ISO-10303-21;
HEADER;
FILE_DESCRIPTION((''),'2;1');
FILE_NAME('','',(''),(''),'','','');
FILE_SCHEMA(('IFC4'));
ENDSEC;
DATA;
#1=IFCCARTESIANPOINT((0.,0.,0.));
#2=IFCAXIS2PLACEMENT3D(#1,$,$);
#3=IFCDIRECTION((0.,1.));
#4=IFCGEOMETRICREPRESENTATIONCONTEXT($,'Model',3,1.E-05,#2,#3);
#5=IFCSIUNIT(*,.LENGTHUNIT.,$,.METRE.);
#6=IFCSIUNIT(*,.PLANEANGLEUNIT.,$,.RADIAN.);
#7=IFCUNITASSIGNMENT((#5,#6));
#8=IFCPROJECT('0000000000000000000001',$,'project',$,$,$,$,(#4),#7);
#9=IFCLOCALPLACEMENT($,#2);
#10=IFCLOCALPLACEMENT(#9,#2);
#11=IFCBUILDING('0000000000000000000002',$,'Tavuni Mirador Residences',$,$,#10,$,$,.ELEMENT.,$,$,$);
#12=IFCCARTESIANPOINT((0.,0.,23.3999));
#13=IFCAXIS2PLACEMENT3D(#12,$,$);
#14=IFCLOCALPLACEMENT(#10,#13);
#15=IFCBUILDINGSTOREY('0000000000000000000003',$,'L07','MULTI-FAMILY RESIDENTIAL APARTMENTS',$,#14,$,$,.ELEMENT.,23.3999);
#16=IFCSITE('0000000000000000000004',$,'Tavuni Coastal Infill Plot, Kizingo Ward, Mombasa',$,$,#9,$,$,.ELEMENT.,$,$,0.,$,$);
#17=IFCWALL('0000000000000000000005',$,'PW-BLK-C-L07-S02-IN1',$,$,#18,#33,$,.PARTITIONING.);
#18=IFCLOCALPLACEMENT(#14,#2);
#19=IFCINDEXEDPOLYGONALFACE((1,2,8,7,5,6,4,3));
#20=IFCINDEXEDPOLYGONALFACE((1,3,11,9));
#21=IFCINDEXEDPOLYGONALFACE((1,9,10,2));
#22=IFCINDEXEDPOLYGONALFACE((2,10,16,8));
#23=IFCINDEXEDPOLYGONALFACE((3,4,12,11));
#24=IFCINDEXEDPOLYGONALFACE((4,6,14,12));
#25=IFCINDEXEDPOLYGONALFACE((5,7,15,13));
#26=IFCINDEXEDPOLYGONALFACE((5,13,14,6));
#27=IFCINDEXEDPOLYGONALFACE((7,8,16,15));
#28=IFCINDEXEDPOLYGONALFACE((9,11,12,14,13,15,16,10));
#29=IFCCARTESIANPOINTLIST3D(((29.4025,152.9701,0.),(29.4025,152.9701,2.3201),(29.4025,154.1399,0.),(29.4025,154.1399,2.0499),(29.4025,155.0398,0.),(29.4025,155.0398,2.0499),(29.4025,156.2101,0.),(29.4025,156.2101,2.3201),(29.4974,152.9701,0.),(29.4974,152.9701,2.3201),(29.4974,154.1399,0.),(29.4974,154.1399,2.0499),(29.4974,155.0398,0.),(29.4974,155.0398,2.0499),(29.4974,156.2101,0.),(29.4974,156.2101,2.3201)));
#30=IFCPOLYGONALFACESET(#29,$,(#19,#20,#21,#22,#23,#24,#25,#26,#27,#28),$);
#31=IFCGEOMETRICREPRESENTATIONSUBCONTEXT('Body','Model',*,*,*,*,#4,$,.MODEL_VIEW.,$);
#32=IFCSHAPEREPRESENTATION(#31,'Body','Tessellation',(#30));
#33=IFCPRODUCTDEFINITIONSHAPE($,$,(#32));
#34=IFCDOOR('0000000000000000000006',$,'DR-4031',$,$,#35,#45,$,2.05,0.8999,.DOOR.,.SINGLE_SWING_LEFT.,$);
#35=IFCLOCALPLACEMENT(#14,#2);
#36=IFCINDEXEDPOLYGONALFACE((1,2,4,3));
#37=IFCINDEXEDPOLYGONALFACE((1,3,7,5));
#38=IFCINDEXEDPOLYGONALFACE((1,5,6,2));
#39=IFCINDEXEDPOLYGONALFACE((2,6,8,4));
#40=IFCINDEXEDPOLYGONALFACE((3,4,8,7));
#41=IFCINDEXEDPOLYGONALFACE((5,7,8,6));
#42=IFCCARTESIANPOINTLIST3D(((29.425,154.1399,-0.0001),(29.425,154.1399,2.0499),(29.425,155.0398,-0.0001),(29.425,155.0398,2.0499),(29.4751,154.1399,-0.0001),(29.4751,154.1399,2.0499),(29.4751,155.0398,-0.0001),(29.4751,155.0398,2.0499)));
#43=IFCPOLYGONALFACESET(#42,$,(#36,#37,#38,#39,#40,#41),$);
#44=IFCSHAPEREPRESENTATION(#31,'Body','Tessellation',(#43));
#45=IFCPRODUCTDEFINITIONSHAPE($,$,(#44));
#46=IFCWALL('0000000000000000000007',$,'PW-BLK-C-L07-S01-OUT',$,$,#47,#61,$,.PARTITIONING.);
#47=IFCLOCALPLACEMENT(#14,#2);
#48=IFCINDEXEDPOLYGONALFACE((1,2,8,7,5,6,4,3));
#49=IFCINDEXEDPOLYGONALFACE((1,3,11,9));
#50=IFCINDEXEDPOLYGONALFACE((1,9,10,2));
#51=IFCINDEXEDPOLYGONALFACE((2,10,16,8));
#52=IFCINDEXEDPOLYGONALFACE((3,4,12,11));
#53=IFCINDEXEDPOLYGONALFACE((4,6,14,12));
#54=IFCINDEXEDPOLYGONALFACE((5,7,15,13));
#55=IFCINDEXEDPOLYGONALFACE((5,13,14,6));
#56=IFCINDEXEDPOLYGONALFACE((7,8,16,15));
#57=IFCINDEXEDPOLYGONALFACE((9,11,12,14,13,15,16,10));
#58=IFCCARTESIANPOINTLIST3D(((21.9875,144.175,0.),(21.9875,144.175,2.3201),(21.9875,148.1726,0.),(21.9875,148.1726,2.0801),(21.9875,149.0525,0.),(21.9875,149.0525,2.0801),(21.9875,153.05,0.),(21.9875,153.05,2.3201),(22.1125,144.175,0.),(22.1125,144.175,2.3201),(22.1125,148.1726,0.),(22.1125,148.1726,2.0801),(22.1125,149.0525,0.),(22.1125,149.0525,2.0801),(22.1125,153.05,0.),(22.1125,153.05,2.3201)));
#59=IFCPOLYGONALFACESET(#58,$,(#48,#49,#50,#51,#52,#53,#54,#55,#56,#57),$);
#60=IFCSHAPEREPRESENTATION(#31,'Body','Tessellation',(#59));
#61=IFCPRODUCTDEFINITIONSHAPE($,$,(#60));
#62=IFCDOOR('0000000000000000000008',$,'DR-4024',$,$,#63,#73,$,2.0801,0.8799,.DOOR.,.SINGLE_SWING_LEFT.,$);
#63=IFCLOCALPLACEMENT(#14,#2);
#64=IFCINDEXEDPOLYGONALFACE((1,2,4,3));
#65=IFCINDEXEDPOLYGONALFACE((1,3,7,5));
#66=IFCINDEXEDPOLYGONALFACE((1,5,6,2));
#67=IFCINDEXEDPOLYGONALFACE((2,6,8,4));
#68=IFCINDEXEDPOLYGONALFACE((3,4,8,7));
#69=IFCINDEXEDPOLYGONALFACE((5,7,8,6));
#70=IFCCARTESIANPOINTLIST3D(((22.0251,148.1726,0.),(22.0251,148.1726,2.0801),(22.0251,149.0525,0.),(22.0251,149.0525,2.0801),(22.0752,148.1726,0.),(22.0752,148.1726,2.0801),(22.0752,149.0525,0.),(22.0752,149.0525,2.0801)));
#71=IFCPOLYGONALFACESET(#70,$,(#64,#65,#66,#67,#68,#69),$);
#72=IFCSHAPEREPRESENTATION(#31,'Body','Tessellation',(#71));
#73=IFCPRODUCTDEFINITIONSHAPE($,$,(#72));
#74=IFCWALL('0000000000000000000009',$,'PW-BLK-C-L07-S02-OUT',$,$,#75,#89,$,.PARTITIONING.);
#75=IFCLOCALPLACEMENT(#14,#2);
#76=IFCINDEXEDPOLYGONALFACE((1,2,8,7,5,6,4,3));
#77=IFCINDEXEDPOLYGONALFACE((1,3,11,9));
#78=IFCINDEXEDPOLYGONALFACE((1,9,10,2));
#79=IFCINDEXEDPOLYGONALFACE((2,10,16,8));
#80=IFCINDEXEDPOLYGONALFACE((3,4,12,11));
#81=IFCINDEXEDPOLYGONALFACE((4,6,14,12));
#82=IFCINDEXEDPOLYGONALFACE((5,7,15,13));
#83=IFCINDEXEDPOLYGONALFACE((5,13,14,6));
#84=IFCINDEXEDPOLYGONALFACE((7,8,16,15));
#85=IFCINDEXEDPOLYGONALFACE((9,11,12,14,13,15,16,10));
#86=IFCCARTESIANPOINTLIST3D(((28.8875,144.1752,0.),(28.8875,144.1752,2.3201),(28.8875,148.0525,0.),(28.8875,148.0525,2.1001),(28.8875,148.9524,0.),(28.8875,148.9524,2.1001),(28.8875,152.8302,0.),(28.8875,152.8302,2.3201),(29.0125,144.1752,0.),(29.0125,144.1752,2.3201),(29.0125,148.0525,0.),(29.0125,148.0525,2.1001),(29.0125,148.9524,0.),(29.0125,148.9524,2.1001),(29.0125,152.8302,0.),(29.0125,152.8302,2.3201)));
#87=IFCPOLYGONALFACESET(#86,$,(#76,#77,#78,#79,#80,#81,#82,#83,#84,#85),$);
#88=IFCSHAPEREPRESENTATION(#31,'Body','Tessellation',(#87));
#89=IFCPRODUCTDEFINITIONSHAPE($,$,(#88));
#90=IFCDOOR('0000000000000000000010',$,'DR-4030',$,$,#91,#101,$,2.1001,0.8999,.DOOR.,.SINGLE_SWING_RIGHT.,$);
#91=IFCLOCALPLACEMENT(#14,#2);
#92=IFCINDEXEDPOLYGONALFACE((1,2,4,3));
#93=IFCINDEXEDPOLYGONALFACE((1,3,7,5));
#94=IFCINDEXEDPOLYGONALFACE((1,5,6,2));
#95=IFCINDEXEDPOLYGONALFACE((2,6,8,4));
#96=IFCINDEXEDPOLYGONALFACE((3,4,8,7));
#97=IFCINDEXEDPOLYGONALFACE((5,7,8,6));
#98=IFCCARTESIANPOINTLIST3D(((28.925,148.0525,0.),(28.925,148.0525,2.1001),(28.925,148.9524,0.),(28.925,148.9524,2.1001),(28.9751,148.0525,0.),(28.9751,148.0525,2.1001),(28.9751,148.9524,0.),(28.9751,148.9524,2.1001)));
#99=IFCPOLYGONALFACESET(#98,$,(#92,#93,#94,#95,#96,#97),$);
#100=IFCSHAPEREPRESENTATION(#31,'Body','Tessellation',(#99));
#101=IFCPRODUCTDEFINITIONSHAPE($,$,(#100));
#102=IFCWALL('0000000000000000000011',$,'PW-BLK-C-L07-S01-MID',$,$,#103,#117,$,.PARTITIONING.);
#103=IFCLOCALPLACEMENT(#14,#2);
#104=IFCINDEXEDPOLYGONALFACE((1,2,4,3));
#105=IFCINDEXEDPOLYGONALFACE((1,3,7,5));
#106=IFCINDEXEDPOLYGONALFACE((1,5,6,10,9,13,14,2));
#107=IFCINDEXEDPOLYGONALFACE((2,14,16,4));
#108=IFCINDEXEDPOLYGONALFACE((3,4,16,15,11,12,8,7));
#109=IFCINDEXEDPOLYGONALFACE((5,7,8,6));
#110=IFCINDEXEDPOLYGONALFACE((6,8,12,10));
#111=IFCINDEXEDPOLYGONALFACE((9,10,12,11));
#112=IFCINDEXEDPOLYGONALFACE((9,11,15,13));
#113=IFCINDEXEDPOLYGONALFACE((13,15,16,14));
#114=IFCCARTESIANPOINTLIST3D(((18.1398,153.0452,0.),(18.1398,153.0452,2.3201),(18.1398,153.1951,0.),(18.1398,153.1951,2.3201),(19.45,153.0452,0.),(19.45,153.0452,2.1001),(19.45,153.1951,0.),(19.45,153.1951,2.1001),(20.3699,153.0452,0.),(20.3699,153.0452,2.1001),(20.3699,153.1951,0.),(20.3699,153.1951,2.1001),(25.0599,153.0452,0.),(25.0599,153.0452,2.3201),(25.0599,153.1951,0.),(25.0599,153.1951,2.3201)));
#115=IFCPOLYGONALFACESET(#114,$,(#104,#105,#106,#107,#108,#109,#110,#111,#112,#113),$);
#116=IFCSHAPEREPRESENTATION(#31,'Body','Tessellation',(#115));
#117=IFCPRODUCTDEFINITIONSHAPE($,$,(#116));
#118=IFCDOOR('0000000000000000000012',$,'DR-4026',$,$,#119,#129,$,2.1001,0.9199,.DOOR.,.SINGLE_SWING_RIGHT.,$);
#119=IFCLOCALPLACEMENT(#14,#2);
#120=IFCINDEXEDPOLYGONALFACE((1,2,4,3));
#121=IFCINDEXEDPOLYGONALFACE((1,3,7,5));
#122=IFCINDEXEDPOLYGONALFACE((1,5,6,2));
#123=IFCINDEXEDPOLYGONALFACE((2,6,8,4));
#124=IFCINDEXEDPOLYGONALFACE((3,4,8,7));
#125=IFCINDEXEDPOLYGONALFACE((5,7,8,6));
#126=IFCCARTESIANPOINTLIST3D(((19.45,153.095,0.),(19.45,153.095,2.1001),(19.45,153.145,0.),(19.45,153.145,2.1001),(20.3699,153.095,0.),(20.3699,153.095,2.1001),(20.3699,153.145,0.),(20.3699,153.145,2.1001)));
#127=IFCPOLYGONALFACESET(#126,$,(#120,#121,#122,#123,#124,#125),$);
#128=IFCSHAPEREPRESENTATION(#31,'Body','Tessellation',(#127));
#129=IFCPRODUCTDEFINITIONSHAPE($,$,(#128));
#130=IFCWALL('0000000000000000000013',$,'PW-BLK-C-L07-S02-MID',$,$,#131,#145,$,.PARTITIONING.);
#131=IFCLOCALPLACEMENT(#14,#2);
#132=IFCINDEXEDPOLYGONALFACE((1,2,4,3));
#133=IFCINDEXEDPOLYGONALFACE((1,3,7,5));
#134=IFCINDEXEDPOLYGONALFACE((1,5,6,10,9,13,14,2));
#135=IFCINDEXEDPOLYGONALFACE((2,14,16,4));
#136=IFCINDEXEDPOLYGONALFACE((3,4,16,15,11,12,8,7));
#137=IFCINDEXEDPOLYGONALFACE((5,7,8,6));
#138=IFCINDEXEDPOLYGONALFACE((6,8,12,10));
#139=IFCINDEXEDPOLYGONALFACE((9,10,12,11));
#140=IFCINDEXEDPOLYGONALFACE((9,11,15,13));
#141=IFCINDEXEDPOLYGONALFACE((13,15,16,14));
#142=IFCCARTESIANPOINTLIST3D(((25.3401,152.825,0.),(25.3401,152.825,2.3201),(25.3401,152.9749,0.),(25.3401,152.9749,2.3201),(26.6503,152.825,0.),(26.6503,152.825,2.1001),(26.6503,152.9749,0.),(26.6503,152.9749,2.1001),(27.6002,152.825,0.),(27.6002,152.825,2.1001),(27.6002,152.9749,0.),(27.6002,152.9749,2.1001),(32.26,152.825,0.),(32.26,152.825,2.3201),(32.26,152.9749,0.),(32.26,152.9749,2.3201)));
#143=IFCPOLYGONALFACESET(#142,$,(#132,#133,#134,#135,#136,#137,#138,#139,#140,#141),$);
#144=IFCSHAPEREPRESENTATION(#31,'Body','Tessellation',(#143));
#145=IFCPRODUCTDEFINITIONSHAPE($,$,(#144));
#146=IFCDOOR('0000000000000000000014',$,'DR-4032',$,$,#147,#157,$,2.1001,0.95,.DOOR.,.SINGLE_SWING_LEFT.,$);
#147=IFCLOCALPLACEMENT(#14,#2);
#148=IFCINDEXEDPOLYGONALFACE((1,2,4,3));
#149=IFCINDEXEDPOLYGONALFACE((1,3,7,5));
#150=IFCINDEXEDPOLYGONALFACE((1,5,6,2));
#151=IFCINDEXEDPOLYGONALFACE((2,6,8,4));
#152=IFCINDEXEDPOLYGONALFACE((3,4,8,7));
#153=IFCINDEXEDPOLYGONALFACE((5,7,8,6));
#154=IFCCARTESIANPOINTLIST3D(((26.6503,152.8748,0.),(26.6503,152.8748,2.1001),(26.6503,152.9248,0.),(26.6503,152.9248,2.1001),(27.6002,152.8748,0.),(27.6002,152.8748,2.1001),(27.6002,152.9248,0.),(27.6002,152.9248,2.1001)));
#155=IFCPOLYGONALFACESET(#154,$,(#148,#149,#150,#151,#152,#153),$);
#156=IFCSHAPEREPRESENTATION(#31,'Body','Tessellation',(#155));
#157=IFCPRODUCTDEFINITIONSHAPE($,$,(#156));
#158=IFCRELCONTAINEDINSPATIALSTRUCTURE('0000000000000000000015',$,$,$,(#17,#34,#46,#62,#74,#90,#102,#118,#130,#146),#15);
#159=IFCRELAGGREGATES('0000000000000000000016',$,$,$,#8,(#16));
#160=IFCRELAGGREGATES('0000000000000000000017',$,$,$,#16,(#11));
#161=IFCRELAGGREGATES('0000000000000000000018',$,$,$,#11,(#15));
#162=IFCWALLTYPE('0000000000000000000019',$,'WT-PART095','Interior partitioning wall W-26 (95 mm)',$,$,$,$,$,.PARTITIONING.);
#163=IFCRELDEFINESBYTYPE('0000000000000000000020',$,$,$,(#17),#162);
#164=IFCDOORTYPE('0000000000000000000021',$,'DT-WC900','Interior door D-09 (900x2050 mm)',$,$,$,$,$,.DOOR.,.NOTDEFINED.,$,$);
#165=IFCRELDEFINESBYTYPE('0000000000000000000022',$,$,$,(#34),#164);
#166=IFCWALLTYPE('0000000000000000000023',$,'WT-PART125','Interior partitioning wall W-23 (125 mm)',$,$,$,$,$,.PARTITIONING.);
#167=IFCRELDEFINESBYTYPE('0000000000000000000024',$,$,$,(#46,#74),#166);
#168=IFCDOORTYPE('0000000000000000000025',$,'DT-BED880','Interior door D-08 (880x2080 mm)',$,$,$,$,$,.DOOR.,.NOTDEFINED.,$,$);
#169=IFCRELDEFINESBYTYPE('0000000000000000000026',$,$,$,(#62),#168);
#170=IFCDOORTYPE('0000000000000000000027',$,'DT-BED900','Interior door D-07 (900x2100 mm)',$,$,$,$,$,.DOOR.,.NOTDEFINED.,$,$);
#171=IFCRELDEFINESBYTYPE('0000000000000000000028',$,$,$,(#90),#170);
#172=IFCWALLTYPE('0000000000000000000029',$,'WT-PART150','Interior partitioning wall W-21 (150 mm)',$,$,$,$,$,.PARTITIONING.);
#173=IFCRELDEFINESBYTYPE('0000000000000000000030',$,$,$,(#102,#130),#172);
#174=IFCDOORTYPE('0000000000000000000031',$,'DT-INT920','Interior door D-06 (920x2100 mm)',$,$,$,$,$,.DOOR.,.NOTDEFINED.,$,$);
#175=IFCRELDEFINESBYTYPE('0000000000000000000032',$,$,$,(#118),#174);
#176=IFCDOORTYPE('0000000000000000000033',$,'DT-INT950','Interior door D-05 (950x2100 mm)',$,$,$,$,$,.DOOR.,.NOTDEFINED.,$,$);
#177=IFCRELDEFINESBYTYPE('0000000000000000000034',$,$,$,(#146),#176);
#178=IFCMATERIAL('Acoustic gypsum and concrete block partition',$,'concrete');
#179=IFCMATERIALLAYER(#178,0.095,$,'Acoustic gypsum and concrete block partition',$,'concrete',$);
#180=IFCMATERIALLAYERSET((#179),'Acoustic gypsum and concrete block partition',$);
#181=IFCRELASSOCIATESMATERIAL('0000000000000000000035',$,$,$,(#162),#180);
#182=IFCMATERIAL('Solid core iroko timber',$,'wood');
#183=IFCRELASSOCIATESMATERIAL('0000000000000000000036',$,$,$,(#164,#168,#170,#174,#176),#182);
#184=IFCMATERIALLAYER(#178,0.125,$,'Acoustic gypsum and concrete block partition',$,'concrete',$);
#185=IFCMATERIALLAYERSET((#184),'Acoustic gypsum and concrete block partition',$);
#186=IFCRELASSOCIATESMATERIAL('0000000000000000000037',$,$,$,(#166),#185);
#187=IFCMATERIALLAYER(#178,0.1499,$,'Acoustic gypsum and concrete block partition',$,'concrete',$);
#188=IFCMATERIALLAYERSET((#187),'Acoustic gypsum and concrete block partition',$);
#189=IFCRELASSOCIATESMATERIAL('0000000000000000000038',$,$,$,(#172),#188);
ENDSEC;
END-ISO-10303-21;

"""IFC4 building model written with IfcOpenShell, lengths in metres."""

from ifc_helpers import new_model, si_unit, direction, frame, frame_2d, origin, place, context, subcontext, project, spatial, rectangle, extrude, material, layer, layer_set, type_object, element, fill, save


model = new_model("IFC4")

# Units and contexts
model_context = context("Model", 3, precision=1e-05, world=origin(), true_north=direction((0.0, 1.0)))
body_context = subcontext(model_context, "Body", "Model", "MODEL_VIEW")
ifc_project = project(units=[si_unit("LENGTHUNIT", "METRE"), si_unit("PLANEANGLEUNIT", "RADIAN")], contexts=[model_context])

# Site, building, storey
site_placement = place(None, origin())
site = spatial("IfcSite", under=ifc_project, at=site_placement, Name="Tavuni Coastal Infill Plot, Kizingo Ward, Mombasa", CompositionType="ELEMENT", RefElevation=0.0)
building_placement = place(site_placement, origin())
building = spatial("IfcBuilding", under=site, at=building_placement, Name="Tavuni Mirador Residences", CompositionType="ELEMENT")
storey_placement = place(building_placement, frame((0.0, 0.0, 23.3999)))
storey = spatial("IfcBuildingStorey", under=building, at=storey_placement, Name="L07", Description="MULTI-FAMILY RESIDENTIAL APARTMENTS", CompositionType="ELEMENT", Elevation=23.3999)

# Walls, openings, doors
ifc_material_1 = material(Name="Solid core iroko timber", Category="wood")
ifc_material_2 = material(Name="Acoustic gypsum and concrete block partition", Category="concrete")
ifc_layer_1 = layer(ifc_material_2, 0.095, Name="Acoustic gypsum and concrete block partition", Category="concrete")
ifc_layer_set_1 = layer_set([ifc_layer_1], Name="Acoustic gypsum and concrete block partition")
wall_type_1 = type_object("IfcWallType", Name="WT-PART095", Description="Interior partitioning wall W-26 (95 mm)", PredefinedType="PARTITIONING", material=ifc_layer_set_1)
wall_1_placement = place(storey_placement, frame((29.45, 152.97, 0.0), z_axis=(0.0, 0.0, 1.0), x_axis=(0.0, 1.0, 0.0)))
wall_1 = element("IfcWall", 1, at=wall_1_placement, inside=storey, type_object=wall_type_1, Name="PW-BLK-C-L07-S02-IN1", PredefinedType="PARTITIONING", context=body_context, shape_type="SweptSolid", body=[
    extrude(rectangle(XDim=3.24, YDim=0.095, at=frame_2d((1.6201, 0.0))), origin(), (0.0, 0.0, 1.0), 2.3201),
])
opening_1_placement = place(wall_1_placement, frame((1.1699, 0.0, 0.0)))
opening_1 = element("IfcOpeningElement", 2, at=opening_1_placement, cuts=wall_1, PredefinedType="OPENING", context=body_context, shape_type="SweptSolid", body=[
    extrude(rectangle(XDim=0.8999, YDim=2.05, at=frame_2d((0.45, 1.0249))), frame((0.0, 0.0576, 0.0), z_axis=(0.0, -1.0, 0.0), x_axis=(1.0, 0.0, 0.0)), (0.0, 0.0, 1.0), 0.115),
])
door_type_1 = type_object("IfcDoorType", Name="DT-WC900", Description="Interior door D-09 (900x2050 mm)", OperationType="NOTDEFINED", PredefinedType="DOOR", material=ifc_material_1)
door_1_placement = place(opening_1_placement, origin())
door_1 = element("IfcDoor", 3, at=door_1_placement, inside=storey, type_object=door_type_1, Name="DR-4031", OperationType="SINGLE_SWING_LEFT", OverallHeight=2.05, OverallWidth=0.8999, PredefinedType="DOOR", context=body_context, shape_type="SweptSolid", body=[
    extrude(rectangle(XDim=0.8999, YDim=2.05, at=frame_2d((0.45, 1.0249))), frame((0.0, 0.0249, 0.0), z_axis=(0.0, -1.0, 0.0), x_axis=(1.0, 0.0, 0.0)), (0.0, 0.0, 1.0), 0.05),
])
fill(opening_1, door_1)
ifc_layer_2 = layer(ifc_material_2, 0.125, Name="Acoustic gypsum and concrete block partition", Category="concrete")
ifc_layer_set_2 = layer_set([ifc_layer_2], Name="Acoustic gypsum and concrete block partition")
wall_type_2 = type_object("IfcWallType", Name="WT-PART125", Description="Interior partitioning wall W-23 (125 mm)", PredefinedType="PARTITIONING", material=ifc_layer_set_2)
wall_2_placement = place(storey_placement, frame((22.05, 144.175, 0.0), z_axis=(0.0, 0.0, 1.0), x_axis=(0.0, 1.0, 0.0)))
wall_2 = element("IfcWall", 4, at=wall_2_placement, inside=storey, type_object=wall_type_2, Name="PW-BLK-C-L07-S01-OUT", PredefinedType="PARTITIONING", context=body_context, shape_type="SweptSolid", body=[
    extrude(rectangle(XDim=8.875, YDim=0.125, at=frame_2d((4.4375, 0.0))), origin(), (0.0, 0.0, 1.0), 2.3201),
])
opening_2_placement = place(wall_2_placement, frame((3.9976, 0.0, 0.0)))
opening_2 = element("IfcOpeningElement", 5, at=opening_2_placement, cuts=wall_2, PredefinedType="OPENING", context=body_context, shape_type="SweptSolid", body=[
    extrude(rectangle(XDim=0.8799, YDim=2.0801, at=frame_2d((0.4399, 1.04))), frame((0.0, 0.0725, 0.0), z_axis=(0.0, -1.0, 0.0), x_axis=(1.0, 0.0, 0.0)), (0.0, 0.0, 1.0), 0.145),
])
door_type_2 = type_object("IfcDoorType", Name="DT-BED880", Description="Interior door D-08 (880x2080 mm)", OperationType="NOTDEFINED", PredefinedType="DOOR", material=ifc_material_1)
door_2_placement = place(opening_2_placement, origin())
door_2 = element("IfcDoor", 6, at=door_2_placement, inside=storey, type_object=door_type_2, Name="DR-4024", OperationType="SINGLE_SWING_LEFT", OverallHeight=2.0801, OverallWidth=0.8799, PredefinedType="DOOR", context=body_context, shape_type="SweptSolid", body=[
    extrude(rectangle(XDim=0.8799, YDim=2.0801, at=frame_2d((0.4399, 1.04))), frame((0.0, 0.0249, 0.0), z_axis=(0.0, -1.0, 0.0), x_axis=(1.0, 0.0, 0.0)), (0.0, 0.0, 1.0), 0.05),
])
fill(opening_2, door_2)
wall_3_placement = place(storey_placement, frame((28.95, 144.175, 0.0), z_axis=(0.0, 0.0, 1.0), x_axis=(0.0, 1.0, 0.0)))
wall_3 = element("IfcWall", 7, at=wall_3_placement, inside=storey, type_object=wall_type_2, Name="PW-BLK-C-L07-S02-OUT", PredefinedType="PARTITIONING", context=body_context, shape_type="SweptSolid", body=[
    extrude(rectangle(XDim=8.655, YDim=0.125, at=frame_2d((4.3276, 0.0))), origin(), (0.0, 0.0, 1.0), 2.3201),
])
opening_3_placement = place(wall_3_placement, frame((3.8774, 0.0, 0.0)))
opening_3 = element("IfcOpeningElement", 8, at=opening_3_placement, cuts=wall_3, PredefinedType="OPENING", context=body_context, shape_type="SweptSolid", body=[
    extrude(rectangle(XDim=0.8999, YDim=2.1001, at=frame_2d((0.45, 1.05))), frame((0.0, 0.0725, 0.0), z_axis=(0.0, -1.0, 0.0), x_axis=(1.0, 0.0, 0.0)), (0.0, 0.0, 1.0), 0.145),
])
door_type_3 = type_object("IfcDoorType", Name="DT-BED900", Description="Interior door D-07 (900x2100 mm)", OperationType="NOTDEFINED", PredefinedType="DOOR", material=ifc_material_1)
door_3_placement = place(opening_3_placement, origin())
door_3 = element("IfcDoor", 9, at=door_3_placement, inside=storey, type_object=door_type_3, Name="DR-4030", OperationType="SINGLE_SWING_RIGHT", OverallHeight=2.1001, OverallWidth=0.8999, PredefinedType="DOOR", context=body_context, shape_type="SweptSolid", body=[
    extrude(rectangle(XDim=0.8999, YDim=2.1001, at=frame_2d((0.45, 1.05))), frame((0.0, 0.0249, 0.0), z_axis=(0.0, -1.0, 0.0), x_axis=(1.0, 0.0, 0.0)), (0.0, 0.0, 1.0), 0.05),
])
fill(opening_3, door_3)
ifc_layer_3 = layer(ifc_material_2, 0.1499, Name="Acoustic gypsum and concrete block partition", Category="concrete")
ifc_layer_set_3 = layer_set([ifc_layer_3], Name="Acoustic gypsum and concrete block partition")
wall_type_3 = type_object("IfcWallType", Name="WT-PART150", Description="Interior partitioning wall W-21 (150 mm)", PredefinedType="PARTITIONING", material=ifc_layer_set_3)
wall_4_placement = place(storey_placement, frame((18.1399, 153.1201, 0.0), z_axis=(0.0, 0.0, 1.0), x_axis=(1.0, 0.0, 0.0)))
wall_4 = element("IfcWall", 10, at=wall_4_placement, inside=storey, type_object=wall_type_3, Name="PW-BLK-C-L07-S01-MID", PredefinedType="PARTITIONING", context=body_context, shape_type="SweptSolid", body=[
    extrude(rectangle(XDim=6.9202, YDim=0.1499, at=frame_2d((3.46, 0.0))), origin(), (0.0, 0.0, 1.0), 2.3201),
])
opening_4_placement = place(wall_4_placement, frame((1.3101, 0.0, 0.0)))
opening_4 = element("IfcOpeningElement", 11, at=opening_4_placement, cuts=wall_4, PredefinedType="OPENING", context=body_context, shape_type="SweptSolid", body=[
    extrude(rectangle(XDim=0.9199, YDim=2.1001, at=frame_2d((0.46, 1.05))), frame((0.0, 0.085, 0.0), z_axis=(0.0, -1.0, 0.0), x_axis=(1.0, 0.0, 0.0)), (0.0, 0.0, 1.0), 0.1699),
])
door_type_4 = type_object("IfcDoorType", Name="DT-INT920", Description="Interior door D-06 (920x2100 mm)", OperationType="NOTDEFINED", PredefinedType="DOOR", material=ifc_material_1)
door_4_placement = place(opening_4_placement, origin())
door_4 = element("IfcDoor", 12, at=door_4_placement, inside=storey, type_object=door_type_4, Name="DR-4026", OperationType="SINGLE_SWING_RIGHT", OverallHeight=2.1001, OverallWidth=0.9199, PredefinedType="DOOR", context=body_context, shape_type="SweptSolid", body=[
    extrude(rectangle(XDim=0.9199, YDim=2.1001, at=frame_2d((0.46, 1.05))), frame((0.0, 0.0249, 0.0), z_axis=(0.0, -1.0, 0.0), x_axis=(1.0, 0.0, 0.0)), (0.0, 0.0, 1.0), 0.05),
])
fill(opening_4, door_4)
wall_5_placement = place(storey_placement, frame((25.3401, 152.8999, 0.0), z_axis=(0.0, 0.0, 1.0), x_axis=(1.0, 0.0, 0.0)))
wall_5 = element("IfcWall", 13, at=wall_5_placement, inside=storey, type_object=wall_type_3, Name="PW-BLK-C-L07-S02-MID", PredefinedType="PARTITIONING", context=body_context, shape_type="SweptSolid", body=[
    extrude(rectangle(XDim=6.9199, YDim=0.1499, at=frame_2d((3.46, 0.0))), origin(), (0.0, 0.0, 1.0), 2.3201),
])
opening_5_placement = place(wall_5_placement, frame((1.3101, 0.0, 0.0)))
opening_5 = element("IfcOpeningElement", 14, at=opening_5_placement, cuts=wall_5, PredefinedType="OPENING", context=body_context, shape_type="SweptSolid", body=[
    extrude(rectangle(XDim=0.95, YDim=2.1001, at=frame_2d((0.4751, 1.05))), frame((0.0, 0.085, 0.0), z_axis=(0.0, -1.0, 0.0), x_axis=(1.0, 0.0, 0.0)), (0.0, 0.0, 1.0), 0.1699),
])
door_type_5 = type_object("IfcDoorType", Name="DT-INT950", Description="Interior door D-05 (950x2100 mm)", OperationType="NOTDEFINED", PredefinedType="DOOR", material=ifc_material_1)
door_5_placement = place(opening_5_placement, origin())
door_5 = element("IfcDoor", 15, at=door_5_placement, inside=storey, type_object=door_type_5, Name="DR-4032", OperationType="SINGLE_SWING_LEFT", OverallHeight=2.1001, OverallWidth=0.95, PredefinedType="DOOR", context=body_context, shape_type="SweptSolid", body=[
    extrude(rectangle(XDim=0.95, YDim=2.1001, at=frame_2d((0.4751, 1.05))), frame((0.0, 0.0249, 0.0), z_axis=(0.0, -1.0, 0.0), x_axis=(1.0, 0.0, 0.0)), (0.0, 0.0, 1.0), 0.05),
])
fill(opening_5, door_5)

save(model, "model.ifc")
